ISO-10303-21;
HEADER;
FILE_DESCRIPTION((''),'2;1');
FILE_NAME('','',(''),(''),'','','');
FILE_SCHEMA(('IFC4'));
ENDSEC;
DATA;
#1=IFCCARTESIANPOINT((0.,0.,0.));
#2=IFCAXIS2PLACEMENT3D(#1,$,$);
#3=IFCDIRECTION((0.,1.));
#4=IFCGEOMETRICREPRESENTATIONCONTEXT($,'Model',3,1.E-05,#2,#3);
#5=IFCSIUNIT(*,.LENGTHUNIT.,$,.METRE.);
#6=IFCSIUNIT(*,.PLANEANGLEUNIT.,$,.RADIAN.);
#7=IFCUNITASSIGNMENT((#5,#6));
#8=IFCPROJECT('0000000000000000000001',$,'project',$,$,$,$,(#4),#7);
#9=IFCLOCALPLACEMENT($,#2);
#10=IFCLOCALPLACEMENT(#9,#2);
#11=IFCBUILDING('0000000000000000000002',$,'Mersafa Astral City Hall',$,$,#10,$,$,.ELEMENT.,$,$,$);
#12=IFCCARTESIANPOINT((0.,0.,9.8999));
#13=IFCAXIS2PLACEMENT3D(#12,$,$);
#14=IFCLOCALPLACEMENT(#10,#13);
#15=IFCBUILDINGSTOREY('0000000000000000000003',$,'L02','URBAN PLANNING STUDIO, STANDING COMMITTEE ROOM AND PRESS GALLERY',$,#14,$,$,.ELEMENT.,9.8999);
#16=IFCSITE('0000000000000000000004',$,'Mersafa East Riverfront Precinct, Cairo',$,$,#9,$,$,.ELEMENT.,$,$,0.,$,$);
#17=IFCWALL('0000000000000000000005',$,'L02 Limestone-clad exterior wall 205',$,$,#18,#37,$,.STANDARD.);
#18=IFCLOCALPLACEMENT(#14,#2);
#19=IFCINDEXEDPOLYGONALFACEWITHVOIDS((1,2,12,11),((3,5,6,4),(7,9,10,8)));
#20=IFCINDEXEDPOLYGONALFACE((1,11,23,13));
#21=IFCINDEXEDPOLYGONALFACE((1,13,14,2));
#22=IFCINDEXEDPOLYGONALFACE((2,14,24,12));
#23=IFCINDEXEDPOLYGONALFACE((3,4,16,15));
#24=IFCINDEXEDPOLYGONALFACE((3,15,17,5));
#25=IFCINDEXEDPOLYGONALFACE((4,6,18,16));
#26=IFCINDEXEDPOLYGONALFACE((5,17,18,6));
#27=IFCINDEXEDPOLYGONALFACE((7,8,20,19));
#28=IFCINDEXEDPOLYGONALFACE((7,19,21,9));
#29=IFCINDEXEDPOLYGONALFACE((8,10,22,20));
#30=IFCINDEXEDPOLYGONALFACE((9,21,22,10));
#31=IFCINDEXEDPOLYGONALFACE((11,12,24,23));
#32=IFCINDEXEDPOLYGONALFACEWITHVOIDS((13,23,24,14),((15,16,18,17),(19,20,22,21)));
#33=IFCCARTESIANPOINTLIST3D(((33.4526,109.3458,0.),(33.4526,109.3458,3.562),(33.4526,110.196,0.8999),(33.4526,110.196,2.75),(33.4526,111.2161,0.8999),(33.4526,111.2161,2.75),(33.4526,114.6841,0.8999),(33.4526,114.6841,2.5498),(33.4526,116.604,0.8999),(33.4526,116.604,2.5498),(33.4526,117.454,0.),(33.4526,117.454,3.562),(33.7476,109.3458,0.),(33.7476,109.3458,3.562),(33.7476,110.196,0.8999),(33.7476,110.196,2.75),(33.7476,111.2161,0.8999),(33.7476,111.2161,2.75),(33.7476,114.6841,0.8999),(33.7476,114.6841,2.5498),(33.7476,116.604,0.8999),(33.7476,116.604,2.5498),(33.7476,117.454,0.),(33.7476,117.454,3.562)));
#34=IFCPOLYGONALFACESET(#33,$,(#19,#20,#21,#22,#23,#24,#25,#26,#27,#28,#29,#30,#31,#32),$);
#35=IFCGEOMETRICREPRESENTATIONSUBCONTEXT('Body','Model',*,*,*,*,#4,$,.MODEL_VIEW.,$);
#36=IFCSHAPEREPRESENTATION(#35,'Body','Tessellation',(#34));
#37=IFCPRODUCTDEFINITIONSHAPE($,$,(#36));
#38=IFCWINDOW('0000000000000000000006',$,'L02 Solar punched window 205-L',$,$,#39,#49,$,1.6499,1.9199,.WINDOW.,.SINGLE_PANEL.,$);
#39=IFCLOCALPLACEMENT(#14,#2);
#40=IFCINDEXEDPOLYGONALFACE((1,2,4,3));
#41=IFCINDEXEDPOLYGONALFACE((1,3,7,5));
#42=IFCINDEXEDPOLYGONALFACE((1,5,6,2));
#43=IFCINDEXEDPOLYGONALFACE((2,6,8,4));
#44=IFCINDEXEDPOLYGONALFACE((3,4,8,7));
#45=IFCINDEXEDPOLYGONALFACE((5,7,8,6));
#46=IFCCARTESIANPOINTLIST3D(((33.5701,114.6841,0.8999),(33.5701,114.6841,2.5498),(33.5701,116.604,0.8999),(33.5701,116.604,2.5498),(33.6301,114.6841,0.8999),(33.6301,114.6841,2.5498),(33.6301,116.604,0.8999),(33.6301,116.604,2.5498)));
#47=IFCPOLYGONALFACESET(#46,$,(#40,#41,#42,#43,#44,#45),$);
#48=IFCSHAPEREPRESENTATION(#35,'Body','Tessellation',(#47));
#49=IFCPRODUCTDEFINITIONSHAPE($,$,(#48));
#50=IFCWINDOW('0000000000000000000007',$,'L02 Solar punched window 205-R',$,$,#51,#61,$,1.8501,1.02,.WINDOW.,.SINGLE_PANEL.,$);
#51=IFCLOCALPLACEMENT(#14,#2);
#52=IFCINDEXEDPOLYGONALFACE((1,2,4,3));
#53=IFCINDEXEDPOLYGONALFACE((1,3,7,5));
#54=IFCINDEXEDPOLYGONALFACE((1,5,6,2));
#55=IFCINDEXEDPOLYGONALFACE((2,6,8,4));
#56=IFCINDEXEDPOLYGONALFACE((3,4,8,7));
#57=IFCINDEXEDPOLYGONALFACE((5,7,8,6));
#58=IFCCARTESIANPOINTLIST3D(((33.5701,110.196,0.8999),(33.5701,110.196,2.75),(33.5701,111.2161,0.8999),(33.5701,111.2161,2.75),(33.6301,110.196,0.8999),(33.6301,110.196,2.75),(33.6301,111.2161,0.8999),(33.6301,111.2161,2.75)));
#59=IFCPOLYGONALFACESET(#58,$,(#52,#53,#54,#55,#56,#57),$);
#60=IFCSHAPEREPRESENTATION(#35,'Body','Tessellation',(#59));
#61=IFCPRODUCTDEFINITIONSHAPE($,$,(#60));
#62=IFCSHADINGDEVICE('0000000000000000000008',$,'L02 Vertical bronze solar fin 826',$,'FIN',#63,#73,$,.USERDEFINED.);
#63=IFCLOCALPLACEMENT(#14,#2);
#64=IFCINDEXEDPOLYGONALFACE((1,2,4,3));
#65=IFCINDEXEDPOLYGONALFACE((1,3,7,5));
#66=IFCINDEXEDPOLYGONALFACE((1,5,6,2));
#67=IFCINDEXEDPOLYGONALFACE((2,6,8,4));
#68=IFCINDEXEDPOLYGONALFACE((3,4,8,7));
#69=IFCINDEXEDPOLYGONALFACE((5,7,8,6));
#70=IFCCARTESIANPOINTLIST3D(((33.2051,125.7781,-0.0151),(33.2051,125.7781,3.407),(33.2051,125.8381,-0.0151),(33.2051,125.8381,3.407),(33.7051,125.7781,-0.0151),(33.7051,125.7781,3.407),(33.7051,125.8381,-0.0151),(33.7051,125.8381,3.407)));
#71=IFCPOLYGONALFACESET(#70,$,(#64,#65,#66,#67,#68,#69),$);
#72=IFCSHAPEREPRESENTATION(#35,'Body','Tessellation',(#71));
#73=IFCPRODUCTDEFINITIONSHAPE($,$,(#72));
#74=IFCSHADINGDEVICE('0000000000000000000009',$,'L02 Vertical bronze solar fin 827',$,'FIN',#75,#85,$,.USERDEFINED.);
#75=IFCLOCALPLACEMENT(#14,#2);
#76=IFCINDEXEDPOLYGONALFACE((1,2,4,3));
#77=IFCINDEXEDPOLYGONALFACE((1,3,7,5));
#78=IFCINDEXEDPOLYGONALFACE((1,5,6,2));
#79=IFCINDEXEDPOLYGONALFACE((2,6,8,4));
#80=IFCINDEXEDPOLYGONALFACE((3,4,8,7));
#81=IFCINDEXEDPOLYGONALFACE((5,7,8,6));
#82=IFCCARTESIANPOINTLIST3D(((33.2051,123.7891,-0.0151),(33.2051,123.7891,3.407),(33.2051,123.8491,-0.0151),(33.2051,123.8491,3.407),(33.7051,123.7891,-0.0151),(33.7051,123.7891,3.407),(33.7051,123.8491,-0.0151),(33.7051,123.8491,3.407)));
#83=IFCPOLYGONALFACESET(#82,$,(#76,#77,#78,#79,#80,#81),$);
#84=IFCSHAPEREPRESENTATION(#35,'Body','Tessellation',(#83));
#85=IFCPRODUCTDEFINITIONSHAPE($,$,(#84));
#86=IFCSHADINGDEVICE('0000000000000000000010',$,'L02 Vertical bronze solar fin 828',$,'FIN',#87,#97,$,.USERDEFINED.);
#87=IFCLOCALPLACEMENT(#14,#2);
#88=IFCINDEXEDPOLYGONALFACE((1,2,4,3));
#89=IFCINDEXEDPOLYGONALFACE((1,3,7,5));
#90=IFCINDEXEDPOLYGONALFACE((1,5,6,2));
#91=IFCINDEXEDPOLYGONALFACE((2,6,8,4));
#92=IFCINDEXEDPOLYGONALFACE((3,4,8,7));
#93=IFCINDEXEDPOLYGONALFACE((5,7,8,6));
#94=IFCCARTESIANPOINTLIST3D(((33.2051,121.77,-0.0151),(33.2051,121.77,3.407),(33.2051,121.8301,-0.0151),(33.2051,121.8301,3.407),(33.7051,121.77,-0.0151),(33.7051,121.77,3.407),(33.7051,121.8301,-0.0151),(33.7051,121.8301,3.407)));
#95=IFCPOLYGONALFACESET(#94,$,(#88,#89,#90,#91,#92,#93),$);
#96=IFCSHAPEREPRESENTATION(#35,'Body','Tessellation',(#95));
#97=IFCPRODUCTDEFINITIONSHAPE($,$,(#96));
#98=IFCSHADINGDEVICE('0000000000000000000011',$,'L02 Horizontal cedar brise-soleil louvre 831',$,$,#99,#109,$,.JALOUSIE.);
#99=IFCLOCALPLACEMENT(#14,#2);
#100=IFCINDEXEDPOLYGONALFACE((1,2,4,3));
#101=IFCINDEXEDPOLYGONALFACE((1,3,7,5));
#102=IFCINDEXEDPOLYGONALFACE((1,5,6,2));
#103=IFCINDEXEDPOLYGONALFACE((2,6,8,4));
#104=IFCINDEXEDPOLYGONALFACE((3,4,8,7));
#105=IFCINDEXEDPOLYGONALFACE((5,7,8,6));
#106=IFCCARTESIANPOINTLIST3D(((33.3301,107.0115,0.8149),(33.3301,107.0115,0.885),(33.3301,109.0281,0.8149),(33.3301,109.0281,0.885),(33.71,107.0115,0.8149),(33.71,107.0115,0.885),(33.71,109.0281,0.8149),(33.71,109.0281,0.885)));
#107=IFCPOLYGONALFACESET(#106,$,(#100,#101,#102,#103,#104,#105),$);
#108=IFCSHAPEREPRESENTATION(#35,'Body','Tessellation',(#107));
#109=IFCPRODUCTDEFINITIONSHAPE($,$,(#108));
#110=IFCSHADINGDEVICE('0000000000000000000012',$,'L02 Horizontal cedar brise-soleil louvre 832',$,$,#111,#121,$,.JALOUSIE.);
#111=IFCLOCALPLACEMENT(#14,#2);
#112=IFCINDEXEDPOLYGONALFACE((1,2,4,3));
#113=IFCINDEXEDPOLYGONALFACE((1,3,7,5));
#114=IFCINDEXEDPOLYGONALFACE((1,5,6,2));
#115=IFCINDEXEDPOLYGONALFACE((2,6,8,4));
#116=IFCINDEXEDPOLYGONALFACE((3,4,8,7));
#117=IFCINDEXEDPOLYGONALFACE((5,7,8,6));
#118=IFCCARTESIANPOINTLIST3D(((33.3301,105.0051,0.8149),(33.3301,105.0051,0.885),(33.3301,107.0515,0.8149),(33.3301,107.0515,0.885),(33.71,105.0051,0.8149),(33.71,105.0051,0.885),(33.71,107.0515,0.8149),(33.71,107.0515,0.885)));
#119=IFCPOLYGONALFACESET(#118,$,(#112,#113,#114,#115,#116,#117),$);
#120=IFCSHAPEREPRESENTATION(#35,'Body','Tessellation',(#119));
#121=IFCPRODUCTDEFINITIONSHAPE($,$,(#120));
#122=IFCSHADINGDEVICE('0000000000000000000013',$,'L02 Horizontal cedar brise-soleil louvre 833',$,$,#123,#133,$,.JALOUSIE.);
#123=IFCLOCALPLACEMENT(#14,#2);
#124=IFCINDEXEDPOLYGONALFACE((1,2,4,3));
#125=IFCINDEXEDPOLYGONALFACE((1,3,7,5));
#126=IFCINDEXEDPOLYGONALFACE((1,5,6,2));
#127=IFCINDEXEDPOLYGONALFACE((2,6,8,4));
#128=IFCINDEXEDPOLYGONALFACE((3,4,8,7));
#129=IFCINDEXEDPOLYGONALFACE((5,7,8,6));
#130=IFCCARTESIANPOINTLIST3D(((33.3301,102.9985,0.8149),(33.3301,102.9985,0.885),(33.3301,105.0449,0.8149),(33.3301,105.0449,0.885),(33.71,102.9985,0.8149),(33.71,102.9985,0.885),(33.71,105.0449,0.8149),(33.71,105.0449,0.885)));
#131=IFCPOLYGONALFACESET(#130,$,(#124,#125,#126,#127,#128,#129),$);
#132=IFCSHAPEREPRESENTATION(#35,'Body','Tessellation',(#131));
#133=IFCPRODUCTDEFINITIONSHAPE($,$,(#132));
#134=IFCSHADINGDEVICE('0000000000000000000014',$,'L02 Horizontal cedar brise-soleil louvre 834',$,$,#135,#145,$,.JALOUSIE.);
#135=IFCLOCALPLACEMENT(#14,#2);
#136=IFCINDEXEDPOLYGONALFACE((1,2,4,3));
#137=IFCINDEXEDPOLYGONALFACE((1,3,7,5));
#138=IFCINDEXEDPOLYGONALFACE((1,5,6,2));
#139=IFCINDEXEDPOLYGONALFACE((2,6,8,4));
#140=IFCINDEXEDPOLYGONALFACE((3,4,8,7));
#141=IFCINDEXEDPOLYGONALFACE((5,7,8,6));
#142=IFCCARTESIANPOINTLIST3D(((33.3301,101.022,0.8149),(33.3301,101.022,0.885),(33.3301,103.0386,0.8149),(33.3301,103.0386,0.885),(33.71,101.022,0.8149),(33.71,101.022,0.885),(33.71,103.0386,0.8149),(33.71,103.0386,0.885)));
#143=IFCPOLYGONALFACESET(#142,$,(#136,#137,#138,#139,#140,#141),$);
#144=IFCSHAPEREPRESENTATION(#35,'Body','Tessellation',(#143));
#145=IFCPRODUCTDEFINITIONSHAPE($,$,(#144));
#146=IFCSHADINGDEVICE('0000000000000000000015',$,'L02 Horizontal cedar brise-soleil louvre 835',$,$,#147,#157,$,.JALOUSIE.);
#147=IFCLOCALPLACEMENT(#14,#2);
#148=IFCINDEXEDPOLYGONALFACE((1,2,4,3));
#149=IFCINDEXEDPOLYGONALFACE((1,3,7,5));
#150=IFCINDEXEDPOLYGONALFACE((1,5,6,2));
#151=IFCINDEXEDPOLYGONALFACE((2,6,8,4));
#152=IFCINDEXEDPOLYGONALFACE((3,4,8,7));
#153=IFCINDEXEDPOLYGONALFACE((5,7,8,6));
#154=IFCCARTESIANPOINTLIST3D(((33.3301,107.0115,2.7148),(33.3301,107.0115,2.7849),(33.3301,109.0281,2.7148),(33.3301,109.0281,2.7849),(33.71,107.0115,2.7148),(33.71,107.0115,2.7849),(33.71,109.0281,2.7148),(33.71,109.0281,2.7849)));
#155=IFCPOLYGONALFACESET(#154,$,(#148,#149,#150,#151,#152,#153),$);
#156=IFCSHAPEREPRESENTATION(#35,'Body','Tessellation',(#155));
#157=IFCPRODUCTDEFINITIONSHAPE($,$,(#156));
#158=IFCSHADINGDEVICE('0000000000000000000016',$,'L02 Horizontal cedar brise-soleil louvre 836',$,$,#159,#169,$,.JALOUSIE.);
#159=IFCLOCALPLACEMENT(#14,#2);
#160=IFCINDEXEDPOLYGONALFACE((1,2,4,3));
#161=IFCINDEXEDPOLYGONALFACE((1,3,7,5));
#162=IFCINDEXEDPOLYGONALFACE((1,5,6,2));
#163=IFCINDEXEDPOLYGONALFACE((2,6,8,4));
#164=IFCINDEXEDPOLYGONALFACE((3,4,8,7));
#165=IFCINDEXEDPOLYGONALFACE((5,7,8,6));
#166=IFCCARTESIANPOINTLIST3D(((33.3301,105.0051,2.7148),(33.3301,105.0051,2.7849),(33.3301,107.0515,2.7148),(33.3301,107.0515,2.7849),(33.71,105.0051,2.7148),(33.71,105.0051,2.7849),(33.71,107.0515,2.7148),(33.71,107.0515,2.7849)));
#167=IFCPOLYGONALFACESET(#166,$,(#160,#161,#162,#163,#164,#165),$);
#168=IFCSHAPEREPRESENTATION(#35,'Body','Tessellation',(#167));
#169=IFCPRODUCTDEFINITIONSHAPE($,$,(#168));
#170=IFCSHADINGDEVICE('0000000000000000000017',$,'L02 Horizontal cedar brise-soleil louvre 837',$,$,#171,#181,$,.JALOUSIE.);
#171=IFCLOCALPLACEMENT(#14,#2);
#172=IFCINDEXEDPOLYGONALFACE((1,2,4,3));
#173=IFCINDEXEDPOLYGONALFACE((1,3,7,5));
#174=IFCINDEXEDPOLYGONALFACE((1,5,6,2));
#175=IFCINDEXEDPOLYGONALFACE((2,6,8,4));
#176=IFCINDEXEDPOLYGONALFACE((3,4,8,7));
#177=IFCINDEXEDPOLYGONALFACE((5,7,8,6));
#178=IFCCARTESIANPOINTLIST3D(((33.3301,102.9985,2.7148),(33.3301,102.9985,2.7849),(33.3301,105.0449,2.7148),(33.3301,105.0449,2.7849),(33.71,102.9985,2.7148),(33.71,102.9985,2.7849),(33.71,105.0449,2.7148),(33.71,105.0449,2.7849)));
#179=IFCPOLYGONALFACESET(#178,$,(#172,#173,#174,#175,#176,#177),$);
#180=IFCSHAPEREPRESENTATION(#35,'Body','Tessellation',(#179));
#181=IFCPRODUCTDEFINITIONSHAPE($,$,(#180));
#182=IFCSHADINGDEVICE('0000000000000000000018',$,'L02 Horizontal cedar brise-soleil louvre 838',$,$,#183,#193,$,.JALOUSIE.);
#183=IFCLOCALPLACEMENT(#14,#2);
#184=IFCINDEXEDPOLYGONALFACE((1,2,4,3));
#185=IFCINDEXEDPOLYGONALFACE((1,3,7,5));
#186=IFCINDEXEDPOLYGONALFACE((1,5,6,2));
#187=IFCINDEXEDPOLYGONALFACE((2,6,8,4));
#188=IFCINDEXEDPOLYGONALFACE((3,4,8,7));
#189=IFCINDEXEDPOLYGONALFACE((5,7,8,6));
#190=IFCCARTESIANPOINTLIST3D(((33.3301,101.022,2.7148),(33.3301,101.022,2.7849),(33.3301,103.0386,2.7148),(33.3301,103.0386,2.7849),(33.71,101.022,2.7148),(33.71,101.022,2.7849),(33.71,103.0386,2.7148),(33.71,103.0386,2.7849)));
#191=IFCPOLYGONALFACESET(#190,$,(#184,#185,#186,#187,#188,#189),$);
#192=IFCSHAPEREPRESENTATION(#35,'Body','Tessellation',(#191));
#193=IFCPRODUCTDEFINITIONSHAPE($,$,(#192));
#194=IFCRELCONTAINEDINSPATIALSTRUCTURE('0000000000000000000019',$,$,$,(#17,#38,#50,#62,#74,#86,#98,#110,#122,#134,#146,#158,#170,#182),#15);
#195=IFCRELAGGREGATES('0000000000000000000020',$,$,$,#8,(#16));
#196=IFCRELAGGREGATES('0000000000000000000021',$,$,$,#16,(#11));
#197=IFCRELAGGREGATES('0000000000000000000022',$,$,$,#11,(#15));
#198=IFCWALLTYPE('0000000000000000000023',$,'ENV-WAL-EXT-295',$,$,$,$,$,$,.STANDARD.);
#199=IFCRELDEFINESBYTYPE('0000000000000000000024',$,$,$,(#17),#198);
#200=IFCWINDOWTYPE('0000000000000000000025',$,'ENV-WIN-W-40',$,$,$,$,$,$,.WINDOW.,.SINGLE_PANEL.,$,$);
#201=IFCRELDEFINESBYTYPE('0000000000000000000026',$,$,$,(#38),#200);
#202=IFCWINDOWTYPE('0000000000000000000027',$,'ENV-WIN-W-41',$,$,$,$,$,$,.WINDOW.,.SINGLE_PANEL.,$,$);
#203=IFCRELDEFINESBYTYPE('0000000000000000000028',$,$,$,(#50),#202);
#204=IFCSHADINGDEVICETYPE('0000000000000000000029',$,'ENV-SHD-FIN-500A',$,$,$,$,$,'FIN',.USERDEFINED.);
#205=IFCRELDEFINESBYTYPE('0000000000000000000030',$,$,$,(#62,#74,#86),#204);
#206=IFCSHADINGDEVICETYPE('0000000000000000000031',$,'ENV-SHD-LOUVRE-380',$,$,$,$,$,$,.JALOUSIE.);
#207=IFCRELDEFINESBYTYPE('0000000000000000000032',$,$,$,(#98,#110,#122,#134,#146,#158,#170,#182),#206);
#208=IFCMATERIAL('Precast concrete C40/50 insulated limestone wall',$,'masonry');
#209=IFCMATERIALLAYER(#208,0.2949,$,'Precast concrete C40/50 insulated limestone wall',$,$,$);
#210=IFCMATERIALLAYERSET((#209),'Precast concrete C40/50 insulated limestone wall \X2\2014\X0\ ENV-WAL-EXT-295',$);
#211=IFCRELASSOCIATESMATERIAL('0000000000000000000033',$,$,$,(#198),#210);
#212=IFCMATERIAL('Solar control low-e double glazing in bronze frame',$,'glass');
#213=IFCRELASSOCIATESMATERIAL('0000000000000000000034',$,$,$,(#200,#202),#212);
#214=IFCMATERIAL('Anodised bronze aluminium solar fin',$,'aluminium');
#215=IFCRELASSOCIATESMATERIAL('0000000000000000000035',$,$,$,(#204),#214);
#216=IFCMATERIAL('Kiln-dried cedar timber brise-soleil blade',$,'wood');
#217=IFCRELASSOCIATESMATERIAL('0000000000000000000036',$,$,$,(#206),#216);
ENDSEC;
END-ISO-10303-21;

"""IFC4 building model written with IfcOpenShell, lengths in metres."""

from ifc_helpers import new_model, si_unit, direction, frame, frame_2d, origin, origin_2d, place, context, subcontext, project, spatial, rectangle, extrude, material, layer, layer_set, type_object, element, fill, save


model = new_model("IFC4")

# Units and contexts
model_context = context("Model", 3, precision=1e-05, world=origin(), true_north=direction((0.0, 1.0)))
body_context = subcontext(model_context, "Body", "Model", "MODEL_VIEW")
ifc_project = project(units=[si_unit("LENGTHUNIT", "METRE"), si_unit("PLANEANGLEUNIT", "RADIAN")], contexts=[model_context])

# Site, building, storey
site_placement = place(None, origin())
site = spatial("IfcSite", under=ifc_project, at=site_placement, Name="Mersafa East Riverfront Precinct, Cairo", CompositionType="ELEMENT", RefElevation=0.0)
building_placement = place(site_placement, origin())
building = spatial("IfcBuilding", under=site, at=building_placement, Name="Mersafa Astral City Hall", CompositionType="ELEMENT")
storey_placement = place(building_placement, frame((0.0, 0.0, 9.8999)))
storey = spatial("IfcBuildingStorey", under=building, at=storey_placement, Name="L02", Description="URBAN PLANNING STUDIO, STANDING COMMITTEE ROOM AND PRESS GALLERY", CompositionType="ELEMENT", Elevation=9.8999)

# Wall, openings, windows
ifc_material_1 = material(Name="Precast concrete C40/50 insulated limestone wall", Category="masonry")
ifc_layer = layer(ifc_material_1, 0.2949, Name="Precast concrete C40/50 insulated limestone wall")
ifc_layer_set = layer_set([ifc_layer], Name="Precast concrete C40/50 insulated limestone wall — ENV-WAL-EXT-295")
wall_type = type_object("IfcWallType", Name="ENV-WAL-EXT-295", PredefinedType="STANDARD", material=ifc_layer_set)
wall_placement = place(storey_placement, frame((33.6001, 117.4541, 0.0), z_axis=(0.0, 0.0, 1.0), x_axis=(0.0, -1.0, 0.0)))
wall = element("IfcWall", 1, at=wall_placement, inside=storey, type_object=wall_type, Name="L02 Limestone-clad exterior wall 205", PredefinedType="STANDARD", context=body_context, shape_type="SweptSolid", body=[
    extrude(rectangle(XDim=8.1082, YDim=0.2949, at=frame_2d((4.0542, 0.0))), origin(), (0.0, 0.0, 1.0), 3.562),
])
opening_1_placement = place(wall_placement, frame((0.8501, 0.0, 0.8999)))
opening_1 = element("IfcOpeningElement", 2, at=opening_1_placement, cuts=wall, PredefinedType="OPENING", context=body_context, shape_type="SweptSolid", body=[
    extrude(rectangle(XDim=1.9199, YDim=1.6499, at=frame_2d((0.96, 0.825))), frame((0.0, 0.1575, 0.0), z_axis=(0.0, -1.0, 0.0), x_axis=(1.0, 0.0, 0.0)), (0.0, 0.0, 1.0), 0.3149),
])
opening_2_placement = place(wall_placement, frame((6.238, 0.0, 0.8999)))
opening_2 = element("IfcOpeningElement", 3, at=opening_2_placement, cuts=wall, PredefinedType="OPENING", context=body_context, shape_type="SweptSolid", body=[
    extrude(rectangle(XDim=1.02, YDim=1.8501, at=frame_2d((0.51, 0.925))), frame((0.0, 0.1575, 0.0), z_axis=(0.0, -1.0, 0.0), x_axis=(1.0, 0.0, 0.0)), (0.0, 0.0, 1.0), 0.3149),
])
ifc_material_2 = material(Name="Solar control low-e double glazing in bronze frame", Category="glass")
window_type_1 = type_object("IfcWindowType", Name="ENV-WIN-W-40", PartitioningType="SINGLE_PANEL", PredefinedType="WINDOW", material=ifc_material_2)
window_1_placement = place(opening_1_placement, origin())
window_1 = element("IfcWindow", 4, at=window_1_placement, inside=storey, type_object=window_type_1, Name="L02 Solar punched window 205-L", OverallHeight=1.6499, OverallWidth=1.9199, PartitioningType="SINGLE_PANEL", PredefinedType="WINDOW", context=body_context, shape_type="SweptSolid", body=[
    extrude(rectangle(XDim=1.9199, YDim=1.6499, at=frame_2d((0.96, 0.825))), frame((0.0, 0.03, 0.0), z_axis=(0.0, -1.0, 0.0), x_axis=(1.0, 0.0, 0.0)), (0.0, 0.0, 1.0), 0.0601),
])
fill(opening_1, window_1)
window_type_2 = type_object("IfcWindowType", Name="ENV-WIN-W-41", PartitioningType="SINGLE_PANEL", PredefinedType="WINDOW", material=ifc_material_2)
window_2_placement = place(opening_2_placement, origin())
window_2 = element("IfcWindow", 5, at=window_2_placement, inside=storey, type_object=window_type_2, Name="L02 Solar punched window 205-R", OverallHeight=1.8501, OverallWidth=1.02, PartitioningType="SINGLE_PANEL", PredefinedType="WINDOW", context=body_context, shape_type="SweptSolid", body=[
    extrude(rectangle(XDim=1.02, YDim=1.8501, at=frame_2d((0.51, 0.925))), frame((0.0, 0.03, 0.0), z_axis=(0.0, -1.0, 0.0), x_axis=(1.0, 0.0, 0.0)), (0.0, 0.0, 1.0), 0.0601),
])
fill(opening_2, window_2)

# Shading devices
ifc_material_3 = material(Name="Anodised bronze aluminium solar fin", Category="aluminium")
shading_device_type_1 = type_object("IfcShadingDeviceType", Name="ENV-SHD-FIN-500A", ElementType="FIN", PredefinedType="USERDEFINED", material=ifc_material_3)
for number, where, z_axis, x_axis, name in (
    (6, (33.4551, 125.8081, -0.0151), (0.0, 0.0, 1.0), (0.0, -1.0, 0.0), "L02 Vertical bronze solar fin 826"),
    (7, (33.4551, 123.8191, -0.0151), (0.0, 0.0, 1.0), (0.0, -1.0, 0.0), "L02 Vertical bronze solar fin 827"),
    (8, (33.4551, 121.8, -0.0151), (0.0, 0.0, 1.0), (0.0, -1.0, 0.0), "L02 Vertical bronze solar fin 828"),
):
    element("IfcShadingDevice", number, at=place(storey_placement, frame(where, z_axis=z_axis, x_axis=x_axis)), inside=storey, type_object=shading_device_type_1, Name=name, ObjectType="FIN", PredefinedType="USERDEFINED", context=body_context, shape_type="SweptSolid", body=[
        extrude(rectangle(XDim=0.0601, YDim=0.5, at=origin_2d()), origin(), (0.0, 0.0, 1.0), 3.4221),
    ])
ifc_material_4 = material(Name="Kiln-dried cedar timber brise-soleil blade", Category="wood")
shading_device_type_2 = type_object("IfcShadingDeviceType", Name="ENV-SHD-LOUVRE-380", PredefinedType="JALOUSIE", material=ifc_material_4)
shading_device_1_placement = place(storey_placement, frame((33.52, 108.0198, 0.8149), z_axis=(0.0, 0.0, 1.0), x_axis=(0.0, -1.0, 0.0)))
element("IfcShadingDevice", 9, at=shading_device_1_placement, inside=storey, type_object=shading_device_type_2, Name="L02 Horizontal cedar brise-soleil louvre 831", PredefinedType="JALOUSIE", context=body_context, shape_type="SweptSolid", body=[
    extrude(rectangle(XDim=2.0166, YDim=0.3799, at=origin_2d()), origin(), (0.0, 0.0, 1.0), 0.0701),
])
for number, where, z_axis, x_axis, name in (
    (10, (33.52, 106.0283, 0.8149), (0.0, 0.0, 1.0), (0.0, -1.0, 0.0), "L02 Horizontal cedar brise-soleil louvre 832"),
    (11, (33.52, 104.0217, 0.8149), (0.0, 0.0, 1.0), (0.0, -1.0, 0.0), "L02 Horizontal cedar brise-soleil louvre 833"),
):
    element("IfcShadingDevice", number, at=place(storey_placement, frame(where, z_axis=z_axis, x_axis=x_axis)), inside=storey, type_object=shading_device_type_2, Name=name, PredefinedType="JALOUSIE", context=body_context, shape_type="SweptSolid", body=[
        extrude(rectangle(XDim=2.0464, YDim=0.3799, at=origin_2d()), origin(), (0.0, 0.0, 1.0), 0.0701),
    ])
for number, where, z_axis, x_axis, name in (
    (12, (33.52, 102.0303, 0.8149), (0.0, 0.0, 1.0), (0.0, -1.0, 0.0), "L02 Horizontal cedar brise-soleil louvre 834"),
    (13, (33.52, 108.0198, 2.7148), (0.0, 0.0, 1.0), (0.0, -1.0, 0.0), "L02 Horizontal cedar brise-soleil louvre 835"),
):
    element("IfcShadingDevice", number, at=place(storey_placement, frame(where, z_axis=z_axis, x_axis=x_axis)), inside=storey, type_object=shading_device_type_2, Name=name, PredefinedType="JALOUSIE", context=body_context, shape_type="SweptSolid", body=[
        extrude(rectangle(XDim=2.0166, YDim=0.3799, at=origin_2d()), origin(), (0.0, 0.0, 1.0), 0.0701),
    ])
for number, where, z_axis, x_axis, name in (
    (14, (33.52, 106.0283, 2.7148), (0.0, 0.0, 1.0), (0.0, -1.0, 0.0), "L02 Horizontal cedar brise-soleil louvre 836"),
    (15, (33.52, 104.0217, 2.7148), (0.0, 0.0, 1.0), (0.0, -1.0, 0.0), "L02 Horizontal cedar brise-soleil louvre 837"),
):
    element("IfcShadingDevice", number, at=place(storey_placement, frame(where, z_axis=z_axis, x_axis=x_axis)), inside=storey, type_object=shading_device_type_2, Name=name, PredefinedType="JALOUSIE", context=body_context, shape_type="SweptSolid", body=[
        extrude(rectangle(XDim=2.0464, YDim=0.3799, at=origin_2d()), origin(), (0.0, 0.0, 1.0), 0.0701),
    ])
shading_device_2_placement = place(storey_placement, frame((33.52, 102.0303, 2.7148), z_axis=(0.0, 0.0, 1.0), x_axis=(0.0, -1.0, 0.0)))
element("IfcShadingDevice", 16, at=shading_device_2_placement, inside=storey, type_object=shading_device_type_2, Name="L02 Horizontal cedar brise-soleil louvre 838", PredefinedType="JALOUSIE", context=body_context, shape_type="SweptSolid", body=[
    extrude(rectangle(XDim=2.0166, YDim=0.3799, at=origin_2d()), origin(), (0.0, 0.0, 1.0), 0.0701),
])

save(model, "model.ifc")
